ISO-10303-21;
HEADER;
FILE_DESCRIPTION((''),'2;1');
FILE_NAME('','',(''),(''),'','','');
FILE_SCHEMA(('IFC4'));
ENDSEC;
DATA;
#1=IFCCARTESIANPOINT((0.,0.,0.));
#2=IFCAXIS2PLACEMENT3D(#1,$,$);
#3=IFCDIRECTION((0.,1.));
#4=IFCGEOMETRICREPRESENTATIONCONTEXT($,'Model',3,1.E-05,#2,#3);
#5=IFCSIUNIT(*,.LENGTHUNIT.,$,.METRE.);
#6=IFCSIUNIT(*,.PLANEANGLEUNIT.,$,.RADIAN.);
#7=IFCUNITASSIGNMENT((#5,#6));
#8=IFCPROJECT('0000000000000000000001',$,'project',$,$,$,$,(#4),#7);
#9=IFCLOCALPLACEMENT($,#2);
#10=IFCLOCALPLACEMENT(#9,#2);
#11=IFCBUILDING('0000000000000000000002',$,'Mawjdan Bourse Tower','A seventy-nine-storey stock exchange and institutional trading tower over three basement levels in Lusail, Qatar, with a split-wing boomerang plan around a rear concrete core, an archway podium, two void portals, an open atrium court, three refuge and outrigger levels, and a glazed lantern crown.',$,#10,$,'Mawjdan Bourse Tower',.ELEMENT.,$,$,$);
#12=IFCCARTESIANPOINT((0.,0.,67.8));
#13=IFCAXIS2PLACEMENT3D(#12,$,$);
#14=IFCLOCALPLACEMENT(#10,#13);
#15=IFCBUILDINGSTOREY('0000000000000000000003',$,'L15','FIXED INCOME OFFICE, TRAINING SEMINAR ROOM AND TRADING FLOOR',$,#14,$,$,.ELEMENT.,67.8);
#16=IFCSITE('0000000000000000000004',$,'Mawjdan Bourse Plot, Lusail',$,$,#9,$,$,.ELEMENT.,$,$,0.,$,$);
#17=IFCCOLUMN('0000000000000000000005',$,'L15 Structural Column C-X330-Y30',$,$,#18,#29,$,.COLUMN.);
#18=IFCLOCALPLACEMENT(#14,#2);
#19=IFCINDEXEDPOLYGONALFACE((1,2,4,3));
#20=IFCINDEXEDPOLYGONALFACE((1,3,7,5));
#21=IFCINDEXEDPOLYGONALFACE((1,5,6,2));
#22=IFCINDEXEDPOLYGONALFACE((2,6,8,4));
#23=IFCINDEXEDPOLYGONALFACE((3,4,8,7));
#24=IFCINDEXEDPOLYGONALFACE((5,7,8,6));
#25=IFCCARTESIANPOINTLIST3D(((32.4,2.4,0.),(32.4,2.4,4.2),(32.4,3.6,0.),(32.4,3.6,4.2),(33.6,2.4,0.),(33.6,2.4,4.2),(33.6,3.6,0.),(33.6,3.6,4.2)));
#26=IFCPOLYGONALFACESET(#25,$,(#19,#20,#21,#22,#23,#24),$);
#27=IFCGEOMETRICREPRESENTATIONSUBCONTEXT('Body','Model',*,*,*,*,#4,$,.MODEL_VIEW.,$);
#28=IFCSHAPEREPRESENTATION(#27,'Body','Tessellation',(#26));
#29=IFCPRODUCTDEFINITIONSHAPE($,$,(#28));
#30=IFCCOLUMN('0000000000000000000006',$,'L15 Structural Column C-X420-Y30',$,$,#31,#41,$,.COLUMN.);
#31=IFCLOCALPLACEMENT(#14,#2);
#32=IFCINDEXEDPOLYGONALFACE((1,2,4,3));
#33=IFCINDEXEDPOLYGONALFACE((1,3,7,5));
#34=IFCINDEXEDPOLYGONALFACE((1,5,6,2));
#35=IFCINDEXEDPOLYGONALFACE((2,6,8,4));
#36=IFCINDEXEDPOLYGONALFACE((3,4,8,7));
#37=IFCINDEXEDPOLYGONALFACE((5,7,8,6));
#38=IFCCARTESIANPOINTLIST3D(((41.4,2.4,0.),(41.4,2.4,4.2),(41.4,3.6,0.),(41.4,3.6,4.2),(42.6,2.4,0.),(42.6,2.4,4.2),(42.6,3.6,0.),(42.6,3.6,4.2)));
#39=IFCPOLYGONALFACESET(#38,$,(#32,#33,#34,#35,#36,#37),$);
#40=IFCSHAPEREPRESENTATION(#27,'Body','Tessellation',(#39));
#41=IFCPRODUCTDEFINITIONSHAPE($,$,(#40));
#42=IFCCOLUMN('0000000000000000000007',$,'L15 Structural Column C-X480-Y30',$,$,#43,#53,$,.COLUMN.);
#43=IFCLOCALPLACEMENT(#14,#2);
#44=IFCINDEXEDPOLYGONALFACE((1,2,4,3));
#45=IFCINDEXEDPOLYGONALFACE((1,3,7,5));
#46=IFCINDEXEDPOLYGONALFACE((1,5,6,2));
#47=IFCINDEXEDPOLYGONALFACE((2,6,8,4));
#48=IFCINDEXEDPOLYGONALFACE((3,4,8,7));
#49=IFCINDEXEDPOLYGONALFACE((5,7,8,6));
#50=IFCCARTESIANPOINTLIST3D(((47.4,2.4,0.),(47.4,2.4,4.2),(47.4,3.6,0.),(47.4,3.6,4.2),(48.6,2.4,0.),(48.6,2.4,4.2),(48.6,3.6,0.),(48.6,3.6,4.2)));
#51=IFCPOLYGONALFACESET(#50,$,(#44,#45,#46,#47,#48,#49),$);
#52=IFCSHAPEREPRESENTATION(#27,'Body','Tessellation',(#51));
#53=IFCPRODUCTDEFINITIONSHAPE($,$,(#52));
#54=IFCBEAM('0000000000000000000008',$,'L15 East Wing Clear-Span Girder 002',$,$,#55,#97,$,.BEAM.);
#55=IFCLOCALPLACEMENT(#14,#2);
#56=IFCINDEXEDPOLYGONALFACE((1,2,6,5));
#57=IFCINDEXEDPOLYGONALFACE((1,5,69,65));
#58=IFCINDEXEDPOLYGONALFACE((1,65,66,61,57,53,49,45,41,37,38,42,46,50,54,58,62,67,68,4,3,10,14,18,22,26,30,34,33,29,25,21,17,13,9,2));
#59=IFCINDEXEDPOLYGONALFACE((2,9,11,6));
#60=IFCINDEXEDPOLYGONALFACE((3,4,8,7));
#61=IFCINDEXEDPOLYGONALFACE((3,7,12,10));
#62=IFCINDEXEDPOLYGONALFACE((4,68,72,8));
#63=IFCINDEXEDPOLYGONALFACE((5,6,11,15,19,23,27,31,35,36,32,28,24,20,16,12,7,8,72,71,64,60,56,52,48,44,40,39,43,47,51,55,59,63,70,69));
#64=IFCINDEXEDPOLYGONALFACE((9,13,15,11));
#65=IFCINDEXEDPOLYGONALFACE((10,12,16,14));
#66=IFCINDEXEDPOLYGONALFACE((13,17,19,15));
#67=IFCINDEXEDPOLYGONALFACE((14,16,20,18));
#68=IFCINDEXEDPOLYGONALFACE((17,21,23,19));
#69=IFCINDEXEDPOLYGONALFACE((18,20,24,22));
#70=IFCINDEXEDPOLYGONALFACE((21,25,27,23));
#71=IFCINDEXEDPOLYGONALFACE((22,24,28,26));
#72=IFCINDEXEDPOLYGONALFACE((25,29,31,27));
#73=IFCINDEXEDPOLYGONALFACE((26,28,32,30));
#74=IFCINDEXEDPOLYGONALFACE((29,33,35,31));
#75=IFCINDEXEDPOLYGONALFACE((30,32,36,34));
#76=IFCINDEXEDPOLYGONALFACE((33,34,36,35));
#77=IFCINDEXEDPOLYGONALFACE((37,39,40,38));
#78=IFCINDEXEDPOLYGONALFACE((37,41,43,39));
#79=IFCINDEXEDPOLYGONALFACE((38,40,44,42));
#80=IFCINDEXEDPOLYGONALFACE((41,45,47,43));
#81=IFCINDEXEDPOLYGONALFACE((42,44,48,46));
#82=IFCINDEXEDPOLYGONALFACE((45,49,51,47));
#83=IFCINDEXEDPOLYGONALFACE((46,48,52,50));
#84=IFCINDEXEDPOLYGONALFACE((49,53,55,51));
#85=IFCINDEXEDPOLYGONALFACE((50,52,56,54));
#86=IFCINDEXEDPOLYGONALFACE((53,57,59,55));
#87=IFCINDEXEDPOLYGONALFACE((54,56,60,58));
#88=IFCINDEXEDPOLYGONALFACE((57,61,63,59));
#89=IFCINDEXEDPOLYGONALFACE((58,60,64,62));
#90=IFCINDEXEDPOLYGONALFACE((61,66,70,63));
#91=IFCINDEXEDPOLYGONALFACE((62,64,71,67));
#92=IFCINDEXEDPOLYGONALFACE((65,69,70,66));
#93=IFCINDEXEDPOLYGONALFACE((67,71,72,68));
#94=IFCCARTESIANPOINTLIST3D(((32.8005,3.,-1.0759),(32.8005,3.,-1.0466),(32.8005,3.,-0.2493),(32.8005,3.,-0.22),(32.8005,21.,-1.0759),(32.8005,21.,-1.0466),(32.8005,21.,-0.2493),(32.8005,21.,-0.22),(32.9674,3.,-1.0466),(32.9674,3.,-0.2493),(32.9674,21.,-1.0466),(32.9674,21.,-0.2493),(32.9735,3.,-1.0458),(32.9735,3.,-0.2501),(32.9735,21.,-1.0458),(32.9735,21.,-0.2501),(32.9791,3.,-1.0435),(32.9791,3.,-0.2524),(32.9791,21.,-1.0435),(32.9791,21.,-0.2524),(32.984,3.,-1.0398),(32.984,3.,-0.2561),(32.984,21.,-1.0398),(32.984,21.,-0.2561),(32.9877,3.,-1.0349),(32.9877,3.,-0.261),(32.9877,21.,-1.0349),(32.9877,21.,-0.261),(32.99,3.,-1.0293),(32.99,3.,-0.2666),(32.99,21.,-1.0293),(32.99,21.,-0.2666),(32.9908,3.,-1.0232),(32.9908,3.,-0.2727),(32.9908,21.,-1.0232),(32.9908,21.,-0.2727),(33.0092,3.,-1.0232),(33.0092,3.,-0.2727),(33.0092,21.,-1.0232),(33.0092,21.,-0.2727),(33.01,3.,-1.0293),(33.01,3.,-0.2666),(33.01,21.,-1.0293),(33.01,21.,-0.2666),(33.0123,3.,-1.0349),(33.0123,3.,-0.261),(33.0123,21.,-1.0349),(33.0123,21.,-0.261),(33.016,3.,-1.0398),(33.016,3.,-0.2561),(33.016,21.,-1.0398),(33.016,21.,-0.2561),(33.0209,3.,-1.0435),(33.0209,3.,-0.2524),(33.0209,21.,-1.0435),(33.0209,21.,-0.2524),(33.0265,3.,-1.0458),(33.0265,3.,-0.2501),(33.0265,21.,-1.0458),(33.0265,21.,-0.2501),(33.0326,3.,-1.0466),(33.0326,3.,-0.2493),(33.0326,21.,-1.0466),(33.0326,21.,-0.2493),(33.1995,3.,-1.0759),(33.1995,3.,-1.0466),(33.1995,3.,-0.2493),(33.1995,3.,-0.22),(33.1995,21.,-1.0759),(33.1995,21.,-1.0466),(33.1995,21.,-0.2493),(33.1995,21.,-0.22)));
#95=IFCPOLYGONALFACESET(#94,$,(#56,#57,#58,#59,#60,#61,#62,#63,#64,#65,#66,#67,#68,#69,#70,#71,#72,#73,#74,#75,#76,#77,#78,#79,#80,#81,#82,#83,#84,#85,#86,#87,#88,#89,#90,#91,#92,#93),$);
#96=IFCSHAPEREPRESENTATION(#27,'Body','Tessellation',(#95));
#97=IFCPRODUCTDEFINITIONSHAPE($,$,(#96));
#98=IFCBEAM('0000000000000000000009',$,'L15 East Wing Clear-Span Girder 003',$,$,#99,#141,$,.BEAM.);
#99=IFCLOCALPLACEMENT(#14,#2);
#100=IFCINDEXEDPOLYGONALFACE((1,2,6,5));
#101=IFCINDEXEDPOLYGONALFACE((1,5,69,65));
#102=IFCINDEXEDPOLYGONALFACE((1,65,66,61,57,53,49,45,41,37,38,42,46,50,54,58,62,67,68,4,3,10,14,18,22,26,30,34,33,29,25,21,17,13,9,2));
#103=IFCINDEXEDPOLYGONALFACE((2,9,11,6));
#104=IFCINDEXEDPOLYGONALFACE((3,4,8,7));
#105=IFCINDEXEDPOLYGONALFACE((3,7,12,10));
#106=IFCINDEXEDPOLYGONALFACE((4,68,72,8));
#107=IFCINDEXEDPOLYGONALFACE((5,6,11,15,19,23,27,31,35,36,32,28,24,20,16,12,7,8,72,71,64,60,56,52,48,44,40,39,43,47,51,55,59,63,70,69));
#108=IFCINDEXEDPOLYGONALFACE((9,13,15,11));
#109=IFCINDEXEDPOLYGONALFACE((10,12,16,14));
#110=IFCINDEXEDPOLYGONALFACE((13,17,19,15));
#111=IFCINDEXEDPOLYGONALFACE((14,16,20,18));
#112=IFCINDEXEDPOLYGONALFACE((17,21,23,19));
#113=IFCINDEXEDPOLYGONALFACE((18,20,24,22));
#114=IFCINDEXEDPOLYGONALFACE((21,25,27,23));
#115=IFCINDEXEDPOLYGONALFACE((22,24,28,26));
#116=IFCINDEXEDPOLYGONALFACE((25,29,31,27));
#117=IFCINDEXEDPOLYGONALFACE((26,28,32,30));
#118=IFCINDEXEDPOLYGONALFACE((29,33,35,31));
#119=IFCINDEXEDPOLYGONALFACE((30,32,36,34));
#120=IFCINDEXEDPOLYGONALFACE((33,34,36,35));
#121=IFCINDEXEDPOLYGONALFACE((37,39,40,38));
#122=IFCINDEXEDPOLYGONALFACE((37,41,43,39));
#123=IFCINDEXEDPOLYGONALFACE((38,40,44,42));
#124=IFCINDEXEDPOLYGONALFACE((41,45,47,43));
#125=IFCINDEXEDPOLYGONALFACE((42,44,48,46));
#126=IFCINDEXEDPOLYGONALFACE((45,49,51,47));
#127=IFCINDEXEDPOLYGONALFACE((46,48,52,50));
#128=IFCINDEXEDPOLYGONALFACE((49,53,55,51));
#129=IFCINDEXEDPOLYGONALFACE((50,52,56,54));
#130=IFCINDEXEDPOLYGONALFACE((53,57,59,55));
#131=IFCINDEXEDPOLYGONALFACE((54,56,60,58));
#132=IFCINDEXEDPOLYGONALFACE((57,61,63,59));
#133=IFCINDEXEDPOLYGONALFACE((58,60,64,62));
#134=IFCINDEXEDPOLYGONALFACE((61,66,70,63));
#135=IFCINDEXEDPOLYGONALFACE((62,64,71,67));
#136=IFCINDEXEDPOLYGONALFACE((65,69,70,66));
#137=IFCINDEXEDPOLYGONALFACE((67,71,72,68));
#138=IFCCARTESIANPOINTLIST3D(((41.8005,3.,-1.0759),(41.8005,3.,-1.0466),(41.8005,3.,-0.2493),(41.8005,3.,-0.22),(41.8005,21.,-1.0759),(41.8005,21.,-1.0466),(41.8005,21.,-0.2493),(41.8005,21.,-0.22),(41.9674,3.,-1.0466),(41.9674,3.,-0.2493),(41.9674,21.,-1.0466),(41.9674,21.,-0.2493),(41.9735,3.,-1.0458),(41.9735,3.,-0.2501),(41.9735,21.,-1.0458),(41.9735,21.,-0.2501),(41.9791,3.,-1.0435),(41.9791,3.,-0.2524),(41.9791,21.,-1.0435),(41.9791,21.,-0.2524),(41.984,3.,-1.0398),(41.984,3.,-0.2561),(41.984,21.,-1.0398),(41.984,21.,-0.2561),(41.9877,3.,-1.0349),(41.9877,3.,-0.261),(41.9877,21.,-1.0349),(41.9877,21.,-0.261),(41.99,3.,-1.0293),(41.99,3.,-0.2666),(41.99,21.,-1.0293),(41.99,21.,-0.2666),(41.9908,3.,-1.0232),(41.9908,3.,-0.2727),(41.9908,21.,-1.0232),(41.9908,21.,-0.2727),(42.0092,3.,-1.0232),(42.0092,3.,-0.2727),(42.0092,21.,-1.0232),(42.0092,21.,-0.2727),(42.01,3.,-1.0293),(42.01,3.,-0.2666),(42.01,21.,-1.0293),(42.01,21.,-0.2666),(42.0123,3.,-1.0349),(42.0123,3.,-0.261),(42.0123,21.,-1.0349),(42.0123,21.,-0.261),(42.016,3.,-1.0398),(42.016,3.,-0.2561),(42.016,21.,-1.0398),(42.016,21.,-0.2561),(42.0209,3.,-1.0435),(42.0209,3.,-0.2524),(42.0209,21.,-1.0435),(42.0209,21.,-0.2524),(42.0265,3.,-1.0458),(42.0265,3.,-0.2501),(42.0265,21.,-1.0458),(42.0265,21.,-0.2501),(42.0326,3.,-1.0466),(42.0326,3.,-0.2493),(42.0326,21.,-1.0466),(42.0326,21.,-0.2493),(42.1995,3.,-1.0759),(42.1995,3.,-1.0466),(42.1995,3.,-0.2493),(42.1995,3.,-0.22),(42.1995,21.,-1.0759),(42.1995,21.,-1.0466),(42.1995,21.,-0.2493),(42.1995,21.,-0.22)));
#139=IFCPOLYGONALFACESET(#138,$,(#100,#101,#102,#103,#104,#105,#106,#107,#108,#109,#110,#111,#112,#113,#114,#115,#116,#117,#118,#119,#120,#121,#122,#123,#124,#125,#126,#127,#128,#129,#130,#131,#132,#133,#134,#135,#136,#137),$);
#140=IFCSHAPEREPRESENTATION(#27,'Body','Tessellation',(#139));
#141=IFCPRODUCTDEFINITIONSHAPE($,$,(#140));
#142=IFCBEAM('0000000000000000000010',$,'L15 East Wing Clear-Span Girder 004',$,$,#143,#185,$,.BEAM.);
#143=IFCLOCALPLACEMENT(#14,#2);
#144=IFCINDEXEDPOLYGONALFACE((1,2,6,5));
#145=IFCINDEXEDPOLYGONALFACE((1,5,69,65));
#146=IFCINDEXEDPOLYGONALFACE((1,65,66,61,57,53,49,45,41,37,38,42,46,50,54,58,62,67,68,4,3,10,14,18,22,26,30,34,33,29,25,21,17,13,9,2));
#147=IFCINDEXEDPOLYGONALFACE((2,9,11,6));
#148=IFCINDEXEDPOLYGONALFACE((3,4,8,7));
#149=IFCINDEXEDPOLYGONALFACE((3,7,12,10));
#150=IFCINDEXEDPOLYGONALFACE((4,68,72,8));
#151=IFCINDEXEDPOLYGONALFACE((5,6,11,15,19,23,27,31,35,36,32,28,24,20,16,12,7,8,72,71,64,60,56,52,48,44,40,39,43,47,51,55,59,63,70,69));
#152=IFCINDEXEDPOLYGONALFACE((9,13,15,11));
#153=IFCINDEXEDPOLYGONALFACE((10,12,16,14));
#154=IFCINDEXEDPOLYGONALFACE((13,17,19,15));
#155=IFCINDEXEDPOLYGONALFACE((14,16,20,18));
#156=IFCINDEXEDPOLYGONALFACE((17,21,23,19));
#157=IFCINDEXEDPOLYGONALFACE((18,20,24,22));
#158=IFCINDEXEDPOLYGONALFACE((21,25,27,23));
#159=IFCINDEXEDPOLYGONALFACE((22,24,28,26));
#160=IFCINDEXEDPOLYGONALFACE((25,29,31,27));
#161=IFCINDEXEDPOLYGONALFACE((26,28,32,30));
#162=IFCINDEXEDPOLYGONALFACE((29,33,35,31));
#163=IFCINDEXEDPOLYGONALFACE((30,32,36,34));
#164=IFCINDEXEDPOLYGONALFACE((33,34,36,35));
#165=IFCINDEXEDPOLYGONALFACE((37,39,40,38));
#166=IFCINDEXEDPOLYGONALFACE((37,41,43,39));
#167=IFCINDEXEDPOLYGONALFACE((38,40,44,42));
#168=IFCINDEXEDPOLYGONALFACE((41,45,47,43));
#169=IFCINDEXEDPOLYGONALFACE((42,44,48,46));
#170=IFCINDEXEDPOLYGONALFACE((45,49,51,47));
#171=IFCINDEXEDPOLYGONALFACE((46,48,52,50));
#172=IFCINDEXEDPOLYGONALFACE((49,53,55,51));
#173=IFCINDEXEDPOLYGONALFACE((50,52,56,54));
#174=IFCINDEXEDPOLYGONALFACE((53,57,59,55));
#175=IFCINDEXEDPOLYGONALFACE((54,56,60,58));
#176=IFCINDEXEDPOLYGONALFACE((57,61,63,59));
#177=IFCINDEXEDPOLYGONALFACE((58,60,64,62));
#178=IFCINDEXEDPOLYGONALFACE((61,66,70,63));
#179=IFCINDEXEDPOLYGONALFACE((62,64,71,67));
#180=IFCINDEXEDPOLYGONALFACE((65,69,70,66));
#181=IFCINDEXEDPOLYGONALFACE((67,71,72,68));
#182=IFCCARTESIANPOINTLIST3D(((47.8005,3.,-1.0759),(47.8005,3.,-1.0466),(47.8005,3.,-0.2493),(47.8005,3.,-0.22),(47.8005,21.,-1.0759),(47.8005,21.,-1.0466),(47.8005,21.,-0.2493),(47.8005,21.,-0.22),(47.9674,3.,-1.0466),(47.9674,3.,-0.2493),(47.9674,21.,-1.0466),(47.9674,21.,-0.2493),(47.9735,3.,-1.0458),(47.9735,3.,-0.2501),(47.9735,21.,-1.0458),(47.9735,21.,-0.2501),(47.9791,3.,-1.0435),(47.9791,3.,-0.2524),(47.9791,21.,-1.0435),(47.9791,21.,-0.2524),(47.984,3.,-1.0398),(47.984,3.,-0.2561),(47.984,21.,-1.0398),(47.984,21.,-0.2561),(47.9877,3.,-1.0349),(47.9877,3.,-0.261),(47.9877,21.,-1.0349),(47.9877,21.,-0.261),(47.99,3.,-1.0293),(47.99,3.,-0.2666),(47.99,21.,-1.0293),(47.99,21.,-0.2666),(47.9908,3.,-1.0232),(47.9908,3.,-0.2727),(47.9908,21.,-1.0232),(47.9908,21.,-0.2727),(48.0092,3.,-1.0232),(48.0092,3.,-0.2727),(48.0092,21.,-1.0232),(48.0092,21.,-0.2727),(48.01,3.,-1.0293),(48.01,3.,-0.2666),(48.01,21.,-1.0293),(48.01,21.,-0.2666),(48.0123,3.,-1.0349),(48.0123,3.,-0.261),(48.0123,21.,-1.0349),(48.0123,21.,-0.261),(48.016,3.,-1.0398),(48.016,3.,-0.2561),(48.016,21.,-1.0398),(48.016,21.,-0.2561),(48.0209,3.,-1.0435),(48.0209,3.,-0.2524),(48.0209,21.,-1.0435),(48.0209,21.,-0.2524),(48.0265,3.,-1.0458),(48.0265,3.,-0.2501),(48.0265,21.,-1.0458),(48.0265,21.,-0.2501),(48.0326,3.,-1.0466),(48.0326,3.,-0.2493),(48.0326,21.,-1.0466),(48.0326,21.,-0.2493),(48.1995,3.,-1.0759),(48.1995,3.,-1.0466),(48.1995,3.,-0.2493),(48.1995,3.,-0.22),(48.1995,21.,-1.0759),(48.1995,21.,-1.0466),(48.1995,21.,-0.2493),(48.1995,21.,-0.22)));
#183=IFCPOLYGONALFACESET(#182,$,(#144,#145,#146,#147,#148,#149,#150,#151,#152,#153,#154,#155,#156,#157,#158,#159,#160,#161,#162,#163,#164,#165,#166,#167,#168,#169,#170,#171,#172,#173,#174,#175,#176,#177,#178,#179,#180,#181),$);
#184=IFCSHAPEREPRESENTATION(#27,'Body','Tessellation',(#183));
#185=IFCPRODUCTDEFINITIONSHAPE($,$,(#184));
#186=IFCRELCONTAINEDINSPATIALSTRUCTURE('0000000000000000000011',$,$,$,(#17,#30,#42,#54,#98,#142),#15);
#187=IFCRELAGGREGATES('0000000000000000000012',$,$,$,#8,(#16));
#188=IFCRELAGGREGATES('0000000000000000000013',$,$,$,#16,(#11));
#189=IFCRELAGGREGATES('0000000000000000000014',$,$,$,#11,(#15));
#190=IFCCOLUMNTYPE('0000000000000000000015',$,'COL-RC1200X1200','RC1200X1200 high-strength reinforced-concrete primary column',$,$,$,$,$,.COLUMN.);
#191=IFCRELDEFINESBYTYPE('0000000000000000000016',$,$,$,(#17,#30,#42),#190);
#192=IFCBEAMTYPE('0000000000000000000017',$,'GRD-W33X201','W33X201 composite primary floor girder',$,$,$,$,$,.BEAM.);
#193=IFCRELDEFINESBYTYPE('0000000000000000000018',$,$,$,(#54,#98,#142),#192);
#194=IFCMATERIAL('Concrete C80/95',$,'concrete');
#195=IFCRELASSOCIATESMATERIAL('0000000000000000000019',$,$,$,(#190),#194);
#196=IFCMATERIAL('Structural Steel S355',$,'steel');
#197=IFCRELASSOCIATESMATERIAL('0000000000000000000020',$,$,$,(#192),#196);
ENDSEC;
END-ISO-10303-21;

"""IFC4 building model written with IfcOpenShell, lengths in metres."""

from ifc_helpers import new_model, si_unit, direction, frame, origin, origin_2d, place, context, subcontext, project, spatial, rectangle, i_section, extrude, material, material_profile, profile_set, type_object, element, save


model = new_model("IFC4")

# Units and contexts
model_context = context("Model", 3, precision=1e-05, world=origin(), true_north=direction((0.0, 1.0)))
body_context = subcontext(model_context, "Body", "Model", "MODEL_VIEW")
ifc_project = project(units=[si_unit("LENGTHUNIT", "METRE"), si_unit("PLANEANGLEUNIT", "RADIAN")], contexts=[model_context])

# Site, building, storey
site_placement = place(None, origin())
site = spatial("IfcSite", under=ifc_project, at=site_placement, Name="Mawjdan Bourse Plot, Lusail", CompositionType="ELEMENT", RefElevation=0.0)
building_placement = place(site_placement, origin())
building = spatial("IfcBuilding", under=site, at=building_placement, Name="Mawjdan Bourse Tower", Description="A seventy-nine-storey stock exchange and institutional trading tower over three basement levels in Lusail, Qatar, with a split-wing boomerang plan around a rear concrete core, an archway podium, two void portals, an open atrium court, three refuge and outrigger levels, and a glazed lantern crown.", LongName="Mawjdan Bourse Tower", CompositionType="ELEMENT")
storey_placement = place(building_placement, frame((0.0, 0.0, 67.8)))
storey = spatial("IfcBuildingStorey", under=building, at=storey_placement, Name="L15", Description="FIXED INCOME OFFICE, TRAINING SEMINAR ROOM AND TRADING FLOOR", CompositionType="ELEMENT", Elevation=67.8)

# Columns
ifc_material_1 = material(Name="Concrete C80/95", Category="concrete")
ifc_material_profile_1 = material_profile(ifc_material_1, rectangle(XDim=1.2, YDim=1.2, at=origin_2d()), Name="RC1200X1200")
ifc_profile_set_1 = profile_set([ifc_material_profile_1], Name="Concrete C80/95")
column_type = type_object("IfcColumnType", Name="COL-RC1200X1200", Description="RC1200X1200 high-strength reinforced-concrete primary column", PredefinedType="COLUMN", material=ifc_profile_set_1)
for number, where, z_axis, x_axis, name in (
    (1, (33.0, 3.0, 0.0), (0.0, 0.0, 1.0), (1.0, 0.0, 0.0), "L15 Structural Column C-X330-Y30"),
    (2, (42.0, 3.0, 0.0), (0.0, 0.0, 1.0), (1.0, 0.0, 0.0), "L15 Structural Column C-X420-Y30"),
    (3, (48.0, 3.0, 0.0), (0.0, 0.0, 1.0), (1.0, 0.0, 0.0), "L15 Structural Column C-X480-Y30"),
):
    element("IfcColumn", number, at=place(storey_placement, frame(where, z_axis=z_axis, x_axis=x_axis)), inside=storey, type_object=column_type, Name=name, PredefinedType="COLUMN", context=body_context, shape_type="SweptSolid", body=[
        extrude(rectangle(XDim=1.2, YDim=1.2, at=origin_2d()), origin(), (0.0, 0.0, 1.0), 4.2),
    ])

# Beams
ifc_material_2 = material(Name="Structural Steel S355", Category="steel")
ifc_material_profile_2 = material_profile(ifc_material_2, i_section(OverallWidth=0.3989, OverallDepth=0.856, WebThickness=0.0183, FlangeThickness=0.0293, FilletRadius=0.0234, at=origin_2d()), Name="W33X201")
ifc_profile_set_2 = profile_set([ifc_material_profile_2], Name="Structural Steel S355")
beam_type_1 = type_object("IfcBeamType", Name="GRD-W33X201", Description="W33X201 composite primary floor girder", PredefinedType="BEAM", material=ifc_profile_set_2)
for number, where, z_axis, x_axis, name in (
    (4, (33.0, 3.0, -0.6479), (0.0, 1.0, 0.0), (-1.0, 0.0, 0.0), "L15 East Wing Clear-Span Girder 002"),
    (5, (42.0, 3.0, -0.6479), (0.0, 1.0, 0.0), (-1.0, 0.0, 0.0), "L15 East Wing Clear-Span Girder 003"),
    (6, (48.0, 3.0, -0.6479), (0.0, 1.0, 0.0), (-1.0, 0.0, 0.0), "L15 East Wing Clear-Span Girder 004"),
):
    element("IfcBeam", number, at=place(storey_placement, frame(where, z_axis=z_axis, x_axis=x_axis)), inside=storey, type_object=beam_type_1, Name=name, PredefinedType="BEAM", context=body_context, shape_type="SweptSolid", body=[
        extrude(i_section(OverallWidth=0.3989, OverallDepth=0.856, WebThickness=0.0183, FlangeThickness=0.0293, FilletRadius=0.0234, at=origin_2d()), origin(), (0.0, 0.0, 1.0), 18.0),
    ])

save(model, "model.ifc")
